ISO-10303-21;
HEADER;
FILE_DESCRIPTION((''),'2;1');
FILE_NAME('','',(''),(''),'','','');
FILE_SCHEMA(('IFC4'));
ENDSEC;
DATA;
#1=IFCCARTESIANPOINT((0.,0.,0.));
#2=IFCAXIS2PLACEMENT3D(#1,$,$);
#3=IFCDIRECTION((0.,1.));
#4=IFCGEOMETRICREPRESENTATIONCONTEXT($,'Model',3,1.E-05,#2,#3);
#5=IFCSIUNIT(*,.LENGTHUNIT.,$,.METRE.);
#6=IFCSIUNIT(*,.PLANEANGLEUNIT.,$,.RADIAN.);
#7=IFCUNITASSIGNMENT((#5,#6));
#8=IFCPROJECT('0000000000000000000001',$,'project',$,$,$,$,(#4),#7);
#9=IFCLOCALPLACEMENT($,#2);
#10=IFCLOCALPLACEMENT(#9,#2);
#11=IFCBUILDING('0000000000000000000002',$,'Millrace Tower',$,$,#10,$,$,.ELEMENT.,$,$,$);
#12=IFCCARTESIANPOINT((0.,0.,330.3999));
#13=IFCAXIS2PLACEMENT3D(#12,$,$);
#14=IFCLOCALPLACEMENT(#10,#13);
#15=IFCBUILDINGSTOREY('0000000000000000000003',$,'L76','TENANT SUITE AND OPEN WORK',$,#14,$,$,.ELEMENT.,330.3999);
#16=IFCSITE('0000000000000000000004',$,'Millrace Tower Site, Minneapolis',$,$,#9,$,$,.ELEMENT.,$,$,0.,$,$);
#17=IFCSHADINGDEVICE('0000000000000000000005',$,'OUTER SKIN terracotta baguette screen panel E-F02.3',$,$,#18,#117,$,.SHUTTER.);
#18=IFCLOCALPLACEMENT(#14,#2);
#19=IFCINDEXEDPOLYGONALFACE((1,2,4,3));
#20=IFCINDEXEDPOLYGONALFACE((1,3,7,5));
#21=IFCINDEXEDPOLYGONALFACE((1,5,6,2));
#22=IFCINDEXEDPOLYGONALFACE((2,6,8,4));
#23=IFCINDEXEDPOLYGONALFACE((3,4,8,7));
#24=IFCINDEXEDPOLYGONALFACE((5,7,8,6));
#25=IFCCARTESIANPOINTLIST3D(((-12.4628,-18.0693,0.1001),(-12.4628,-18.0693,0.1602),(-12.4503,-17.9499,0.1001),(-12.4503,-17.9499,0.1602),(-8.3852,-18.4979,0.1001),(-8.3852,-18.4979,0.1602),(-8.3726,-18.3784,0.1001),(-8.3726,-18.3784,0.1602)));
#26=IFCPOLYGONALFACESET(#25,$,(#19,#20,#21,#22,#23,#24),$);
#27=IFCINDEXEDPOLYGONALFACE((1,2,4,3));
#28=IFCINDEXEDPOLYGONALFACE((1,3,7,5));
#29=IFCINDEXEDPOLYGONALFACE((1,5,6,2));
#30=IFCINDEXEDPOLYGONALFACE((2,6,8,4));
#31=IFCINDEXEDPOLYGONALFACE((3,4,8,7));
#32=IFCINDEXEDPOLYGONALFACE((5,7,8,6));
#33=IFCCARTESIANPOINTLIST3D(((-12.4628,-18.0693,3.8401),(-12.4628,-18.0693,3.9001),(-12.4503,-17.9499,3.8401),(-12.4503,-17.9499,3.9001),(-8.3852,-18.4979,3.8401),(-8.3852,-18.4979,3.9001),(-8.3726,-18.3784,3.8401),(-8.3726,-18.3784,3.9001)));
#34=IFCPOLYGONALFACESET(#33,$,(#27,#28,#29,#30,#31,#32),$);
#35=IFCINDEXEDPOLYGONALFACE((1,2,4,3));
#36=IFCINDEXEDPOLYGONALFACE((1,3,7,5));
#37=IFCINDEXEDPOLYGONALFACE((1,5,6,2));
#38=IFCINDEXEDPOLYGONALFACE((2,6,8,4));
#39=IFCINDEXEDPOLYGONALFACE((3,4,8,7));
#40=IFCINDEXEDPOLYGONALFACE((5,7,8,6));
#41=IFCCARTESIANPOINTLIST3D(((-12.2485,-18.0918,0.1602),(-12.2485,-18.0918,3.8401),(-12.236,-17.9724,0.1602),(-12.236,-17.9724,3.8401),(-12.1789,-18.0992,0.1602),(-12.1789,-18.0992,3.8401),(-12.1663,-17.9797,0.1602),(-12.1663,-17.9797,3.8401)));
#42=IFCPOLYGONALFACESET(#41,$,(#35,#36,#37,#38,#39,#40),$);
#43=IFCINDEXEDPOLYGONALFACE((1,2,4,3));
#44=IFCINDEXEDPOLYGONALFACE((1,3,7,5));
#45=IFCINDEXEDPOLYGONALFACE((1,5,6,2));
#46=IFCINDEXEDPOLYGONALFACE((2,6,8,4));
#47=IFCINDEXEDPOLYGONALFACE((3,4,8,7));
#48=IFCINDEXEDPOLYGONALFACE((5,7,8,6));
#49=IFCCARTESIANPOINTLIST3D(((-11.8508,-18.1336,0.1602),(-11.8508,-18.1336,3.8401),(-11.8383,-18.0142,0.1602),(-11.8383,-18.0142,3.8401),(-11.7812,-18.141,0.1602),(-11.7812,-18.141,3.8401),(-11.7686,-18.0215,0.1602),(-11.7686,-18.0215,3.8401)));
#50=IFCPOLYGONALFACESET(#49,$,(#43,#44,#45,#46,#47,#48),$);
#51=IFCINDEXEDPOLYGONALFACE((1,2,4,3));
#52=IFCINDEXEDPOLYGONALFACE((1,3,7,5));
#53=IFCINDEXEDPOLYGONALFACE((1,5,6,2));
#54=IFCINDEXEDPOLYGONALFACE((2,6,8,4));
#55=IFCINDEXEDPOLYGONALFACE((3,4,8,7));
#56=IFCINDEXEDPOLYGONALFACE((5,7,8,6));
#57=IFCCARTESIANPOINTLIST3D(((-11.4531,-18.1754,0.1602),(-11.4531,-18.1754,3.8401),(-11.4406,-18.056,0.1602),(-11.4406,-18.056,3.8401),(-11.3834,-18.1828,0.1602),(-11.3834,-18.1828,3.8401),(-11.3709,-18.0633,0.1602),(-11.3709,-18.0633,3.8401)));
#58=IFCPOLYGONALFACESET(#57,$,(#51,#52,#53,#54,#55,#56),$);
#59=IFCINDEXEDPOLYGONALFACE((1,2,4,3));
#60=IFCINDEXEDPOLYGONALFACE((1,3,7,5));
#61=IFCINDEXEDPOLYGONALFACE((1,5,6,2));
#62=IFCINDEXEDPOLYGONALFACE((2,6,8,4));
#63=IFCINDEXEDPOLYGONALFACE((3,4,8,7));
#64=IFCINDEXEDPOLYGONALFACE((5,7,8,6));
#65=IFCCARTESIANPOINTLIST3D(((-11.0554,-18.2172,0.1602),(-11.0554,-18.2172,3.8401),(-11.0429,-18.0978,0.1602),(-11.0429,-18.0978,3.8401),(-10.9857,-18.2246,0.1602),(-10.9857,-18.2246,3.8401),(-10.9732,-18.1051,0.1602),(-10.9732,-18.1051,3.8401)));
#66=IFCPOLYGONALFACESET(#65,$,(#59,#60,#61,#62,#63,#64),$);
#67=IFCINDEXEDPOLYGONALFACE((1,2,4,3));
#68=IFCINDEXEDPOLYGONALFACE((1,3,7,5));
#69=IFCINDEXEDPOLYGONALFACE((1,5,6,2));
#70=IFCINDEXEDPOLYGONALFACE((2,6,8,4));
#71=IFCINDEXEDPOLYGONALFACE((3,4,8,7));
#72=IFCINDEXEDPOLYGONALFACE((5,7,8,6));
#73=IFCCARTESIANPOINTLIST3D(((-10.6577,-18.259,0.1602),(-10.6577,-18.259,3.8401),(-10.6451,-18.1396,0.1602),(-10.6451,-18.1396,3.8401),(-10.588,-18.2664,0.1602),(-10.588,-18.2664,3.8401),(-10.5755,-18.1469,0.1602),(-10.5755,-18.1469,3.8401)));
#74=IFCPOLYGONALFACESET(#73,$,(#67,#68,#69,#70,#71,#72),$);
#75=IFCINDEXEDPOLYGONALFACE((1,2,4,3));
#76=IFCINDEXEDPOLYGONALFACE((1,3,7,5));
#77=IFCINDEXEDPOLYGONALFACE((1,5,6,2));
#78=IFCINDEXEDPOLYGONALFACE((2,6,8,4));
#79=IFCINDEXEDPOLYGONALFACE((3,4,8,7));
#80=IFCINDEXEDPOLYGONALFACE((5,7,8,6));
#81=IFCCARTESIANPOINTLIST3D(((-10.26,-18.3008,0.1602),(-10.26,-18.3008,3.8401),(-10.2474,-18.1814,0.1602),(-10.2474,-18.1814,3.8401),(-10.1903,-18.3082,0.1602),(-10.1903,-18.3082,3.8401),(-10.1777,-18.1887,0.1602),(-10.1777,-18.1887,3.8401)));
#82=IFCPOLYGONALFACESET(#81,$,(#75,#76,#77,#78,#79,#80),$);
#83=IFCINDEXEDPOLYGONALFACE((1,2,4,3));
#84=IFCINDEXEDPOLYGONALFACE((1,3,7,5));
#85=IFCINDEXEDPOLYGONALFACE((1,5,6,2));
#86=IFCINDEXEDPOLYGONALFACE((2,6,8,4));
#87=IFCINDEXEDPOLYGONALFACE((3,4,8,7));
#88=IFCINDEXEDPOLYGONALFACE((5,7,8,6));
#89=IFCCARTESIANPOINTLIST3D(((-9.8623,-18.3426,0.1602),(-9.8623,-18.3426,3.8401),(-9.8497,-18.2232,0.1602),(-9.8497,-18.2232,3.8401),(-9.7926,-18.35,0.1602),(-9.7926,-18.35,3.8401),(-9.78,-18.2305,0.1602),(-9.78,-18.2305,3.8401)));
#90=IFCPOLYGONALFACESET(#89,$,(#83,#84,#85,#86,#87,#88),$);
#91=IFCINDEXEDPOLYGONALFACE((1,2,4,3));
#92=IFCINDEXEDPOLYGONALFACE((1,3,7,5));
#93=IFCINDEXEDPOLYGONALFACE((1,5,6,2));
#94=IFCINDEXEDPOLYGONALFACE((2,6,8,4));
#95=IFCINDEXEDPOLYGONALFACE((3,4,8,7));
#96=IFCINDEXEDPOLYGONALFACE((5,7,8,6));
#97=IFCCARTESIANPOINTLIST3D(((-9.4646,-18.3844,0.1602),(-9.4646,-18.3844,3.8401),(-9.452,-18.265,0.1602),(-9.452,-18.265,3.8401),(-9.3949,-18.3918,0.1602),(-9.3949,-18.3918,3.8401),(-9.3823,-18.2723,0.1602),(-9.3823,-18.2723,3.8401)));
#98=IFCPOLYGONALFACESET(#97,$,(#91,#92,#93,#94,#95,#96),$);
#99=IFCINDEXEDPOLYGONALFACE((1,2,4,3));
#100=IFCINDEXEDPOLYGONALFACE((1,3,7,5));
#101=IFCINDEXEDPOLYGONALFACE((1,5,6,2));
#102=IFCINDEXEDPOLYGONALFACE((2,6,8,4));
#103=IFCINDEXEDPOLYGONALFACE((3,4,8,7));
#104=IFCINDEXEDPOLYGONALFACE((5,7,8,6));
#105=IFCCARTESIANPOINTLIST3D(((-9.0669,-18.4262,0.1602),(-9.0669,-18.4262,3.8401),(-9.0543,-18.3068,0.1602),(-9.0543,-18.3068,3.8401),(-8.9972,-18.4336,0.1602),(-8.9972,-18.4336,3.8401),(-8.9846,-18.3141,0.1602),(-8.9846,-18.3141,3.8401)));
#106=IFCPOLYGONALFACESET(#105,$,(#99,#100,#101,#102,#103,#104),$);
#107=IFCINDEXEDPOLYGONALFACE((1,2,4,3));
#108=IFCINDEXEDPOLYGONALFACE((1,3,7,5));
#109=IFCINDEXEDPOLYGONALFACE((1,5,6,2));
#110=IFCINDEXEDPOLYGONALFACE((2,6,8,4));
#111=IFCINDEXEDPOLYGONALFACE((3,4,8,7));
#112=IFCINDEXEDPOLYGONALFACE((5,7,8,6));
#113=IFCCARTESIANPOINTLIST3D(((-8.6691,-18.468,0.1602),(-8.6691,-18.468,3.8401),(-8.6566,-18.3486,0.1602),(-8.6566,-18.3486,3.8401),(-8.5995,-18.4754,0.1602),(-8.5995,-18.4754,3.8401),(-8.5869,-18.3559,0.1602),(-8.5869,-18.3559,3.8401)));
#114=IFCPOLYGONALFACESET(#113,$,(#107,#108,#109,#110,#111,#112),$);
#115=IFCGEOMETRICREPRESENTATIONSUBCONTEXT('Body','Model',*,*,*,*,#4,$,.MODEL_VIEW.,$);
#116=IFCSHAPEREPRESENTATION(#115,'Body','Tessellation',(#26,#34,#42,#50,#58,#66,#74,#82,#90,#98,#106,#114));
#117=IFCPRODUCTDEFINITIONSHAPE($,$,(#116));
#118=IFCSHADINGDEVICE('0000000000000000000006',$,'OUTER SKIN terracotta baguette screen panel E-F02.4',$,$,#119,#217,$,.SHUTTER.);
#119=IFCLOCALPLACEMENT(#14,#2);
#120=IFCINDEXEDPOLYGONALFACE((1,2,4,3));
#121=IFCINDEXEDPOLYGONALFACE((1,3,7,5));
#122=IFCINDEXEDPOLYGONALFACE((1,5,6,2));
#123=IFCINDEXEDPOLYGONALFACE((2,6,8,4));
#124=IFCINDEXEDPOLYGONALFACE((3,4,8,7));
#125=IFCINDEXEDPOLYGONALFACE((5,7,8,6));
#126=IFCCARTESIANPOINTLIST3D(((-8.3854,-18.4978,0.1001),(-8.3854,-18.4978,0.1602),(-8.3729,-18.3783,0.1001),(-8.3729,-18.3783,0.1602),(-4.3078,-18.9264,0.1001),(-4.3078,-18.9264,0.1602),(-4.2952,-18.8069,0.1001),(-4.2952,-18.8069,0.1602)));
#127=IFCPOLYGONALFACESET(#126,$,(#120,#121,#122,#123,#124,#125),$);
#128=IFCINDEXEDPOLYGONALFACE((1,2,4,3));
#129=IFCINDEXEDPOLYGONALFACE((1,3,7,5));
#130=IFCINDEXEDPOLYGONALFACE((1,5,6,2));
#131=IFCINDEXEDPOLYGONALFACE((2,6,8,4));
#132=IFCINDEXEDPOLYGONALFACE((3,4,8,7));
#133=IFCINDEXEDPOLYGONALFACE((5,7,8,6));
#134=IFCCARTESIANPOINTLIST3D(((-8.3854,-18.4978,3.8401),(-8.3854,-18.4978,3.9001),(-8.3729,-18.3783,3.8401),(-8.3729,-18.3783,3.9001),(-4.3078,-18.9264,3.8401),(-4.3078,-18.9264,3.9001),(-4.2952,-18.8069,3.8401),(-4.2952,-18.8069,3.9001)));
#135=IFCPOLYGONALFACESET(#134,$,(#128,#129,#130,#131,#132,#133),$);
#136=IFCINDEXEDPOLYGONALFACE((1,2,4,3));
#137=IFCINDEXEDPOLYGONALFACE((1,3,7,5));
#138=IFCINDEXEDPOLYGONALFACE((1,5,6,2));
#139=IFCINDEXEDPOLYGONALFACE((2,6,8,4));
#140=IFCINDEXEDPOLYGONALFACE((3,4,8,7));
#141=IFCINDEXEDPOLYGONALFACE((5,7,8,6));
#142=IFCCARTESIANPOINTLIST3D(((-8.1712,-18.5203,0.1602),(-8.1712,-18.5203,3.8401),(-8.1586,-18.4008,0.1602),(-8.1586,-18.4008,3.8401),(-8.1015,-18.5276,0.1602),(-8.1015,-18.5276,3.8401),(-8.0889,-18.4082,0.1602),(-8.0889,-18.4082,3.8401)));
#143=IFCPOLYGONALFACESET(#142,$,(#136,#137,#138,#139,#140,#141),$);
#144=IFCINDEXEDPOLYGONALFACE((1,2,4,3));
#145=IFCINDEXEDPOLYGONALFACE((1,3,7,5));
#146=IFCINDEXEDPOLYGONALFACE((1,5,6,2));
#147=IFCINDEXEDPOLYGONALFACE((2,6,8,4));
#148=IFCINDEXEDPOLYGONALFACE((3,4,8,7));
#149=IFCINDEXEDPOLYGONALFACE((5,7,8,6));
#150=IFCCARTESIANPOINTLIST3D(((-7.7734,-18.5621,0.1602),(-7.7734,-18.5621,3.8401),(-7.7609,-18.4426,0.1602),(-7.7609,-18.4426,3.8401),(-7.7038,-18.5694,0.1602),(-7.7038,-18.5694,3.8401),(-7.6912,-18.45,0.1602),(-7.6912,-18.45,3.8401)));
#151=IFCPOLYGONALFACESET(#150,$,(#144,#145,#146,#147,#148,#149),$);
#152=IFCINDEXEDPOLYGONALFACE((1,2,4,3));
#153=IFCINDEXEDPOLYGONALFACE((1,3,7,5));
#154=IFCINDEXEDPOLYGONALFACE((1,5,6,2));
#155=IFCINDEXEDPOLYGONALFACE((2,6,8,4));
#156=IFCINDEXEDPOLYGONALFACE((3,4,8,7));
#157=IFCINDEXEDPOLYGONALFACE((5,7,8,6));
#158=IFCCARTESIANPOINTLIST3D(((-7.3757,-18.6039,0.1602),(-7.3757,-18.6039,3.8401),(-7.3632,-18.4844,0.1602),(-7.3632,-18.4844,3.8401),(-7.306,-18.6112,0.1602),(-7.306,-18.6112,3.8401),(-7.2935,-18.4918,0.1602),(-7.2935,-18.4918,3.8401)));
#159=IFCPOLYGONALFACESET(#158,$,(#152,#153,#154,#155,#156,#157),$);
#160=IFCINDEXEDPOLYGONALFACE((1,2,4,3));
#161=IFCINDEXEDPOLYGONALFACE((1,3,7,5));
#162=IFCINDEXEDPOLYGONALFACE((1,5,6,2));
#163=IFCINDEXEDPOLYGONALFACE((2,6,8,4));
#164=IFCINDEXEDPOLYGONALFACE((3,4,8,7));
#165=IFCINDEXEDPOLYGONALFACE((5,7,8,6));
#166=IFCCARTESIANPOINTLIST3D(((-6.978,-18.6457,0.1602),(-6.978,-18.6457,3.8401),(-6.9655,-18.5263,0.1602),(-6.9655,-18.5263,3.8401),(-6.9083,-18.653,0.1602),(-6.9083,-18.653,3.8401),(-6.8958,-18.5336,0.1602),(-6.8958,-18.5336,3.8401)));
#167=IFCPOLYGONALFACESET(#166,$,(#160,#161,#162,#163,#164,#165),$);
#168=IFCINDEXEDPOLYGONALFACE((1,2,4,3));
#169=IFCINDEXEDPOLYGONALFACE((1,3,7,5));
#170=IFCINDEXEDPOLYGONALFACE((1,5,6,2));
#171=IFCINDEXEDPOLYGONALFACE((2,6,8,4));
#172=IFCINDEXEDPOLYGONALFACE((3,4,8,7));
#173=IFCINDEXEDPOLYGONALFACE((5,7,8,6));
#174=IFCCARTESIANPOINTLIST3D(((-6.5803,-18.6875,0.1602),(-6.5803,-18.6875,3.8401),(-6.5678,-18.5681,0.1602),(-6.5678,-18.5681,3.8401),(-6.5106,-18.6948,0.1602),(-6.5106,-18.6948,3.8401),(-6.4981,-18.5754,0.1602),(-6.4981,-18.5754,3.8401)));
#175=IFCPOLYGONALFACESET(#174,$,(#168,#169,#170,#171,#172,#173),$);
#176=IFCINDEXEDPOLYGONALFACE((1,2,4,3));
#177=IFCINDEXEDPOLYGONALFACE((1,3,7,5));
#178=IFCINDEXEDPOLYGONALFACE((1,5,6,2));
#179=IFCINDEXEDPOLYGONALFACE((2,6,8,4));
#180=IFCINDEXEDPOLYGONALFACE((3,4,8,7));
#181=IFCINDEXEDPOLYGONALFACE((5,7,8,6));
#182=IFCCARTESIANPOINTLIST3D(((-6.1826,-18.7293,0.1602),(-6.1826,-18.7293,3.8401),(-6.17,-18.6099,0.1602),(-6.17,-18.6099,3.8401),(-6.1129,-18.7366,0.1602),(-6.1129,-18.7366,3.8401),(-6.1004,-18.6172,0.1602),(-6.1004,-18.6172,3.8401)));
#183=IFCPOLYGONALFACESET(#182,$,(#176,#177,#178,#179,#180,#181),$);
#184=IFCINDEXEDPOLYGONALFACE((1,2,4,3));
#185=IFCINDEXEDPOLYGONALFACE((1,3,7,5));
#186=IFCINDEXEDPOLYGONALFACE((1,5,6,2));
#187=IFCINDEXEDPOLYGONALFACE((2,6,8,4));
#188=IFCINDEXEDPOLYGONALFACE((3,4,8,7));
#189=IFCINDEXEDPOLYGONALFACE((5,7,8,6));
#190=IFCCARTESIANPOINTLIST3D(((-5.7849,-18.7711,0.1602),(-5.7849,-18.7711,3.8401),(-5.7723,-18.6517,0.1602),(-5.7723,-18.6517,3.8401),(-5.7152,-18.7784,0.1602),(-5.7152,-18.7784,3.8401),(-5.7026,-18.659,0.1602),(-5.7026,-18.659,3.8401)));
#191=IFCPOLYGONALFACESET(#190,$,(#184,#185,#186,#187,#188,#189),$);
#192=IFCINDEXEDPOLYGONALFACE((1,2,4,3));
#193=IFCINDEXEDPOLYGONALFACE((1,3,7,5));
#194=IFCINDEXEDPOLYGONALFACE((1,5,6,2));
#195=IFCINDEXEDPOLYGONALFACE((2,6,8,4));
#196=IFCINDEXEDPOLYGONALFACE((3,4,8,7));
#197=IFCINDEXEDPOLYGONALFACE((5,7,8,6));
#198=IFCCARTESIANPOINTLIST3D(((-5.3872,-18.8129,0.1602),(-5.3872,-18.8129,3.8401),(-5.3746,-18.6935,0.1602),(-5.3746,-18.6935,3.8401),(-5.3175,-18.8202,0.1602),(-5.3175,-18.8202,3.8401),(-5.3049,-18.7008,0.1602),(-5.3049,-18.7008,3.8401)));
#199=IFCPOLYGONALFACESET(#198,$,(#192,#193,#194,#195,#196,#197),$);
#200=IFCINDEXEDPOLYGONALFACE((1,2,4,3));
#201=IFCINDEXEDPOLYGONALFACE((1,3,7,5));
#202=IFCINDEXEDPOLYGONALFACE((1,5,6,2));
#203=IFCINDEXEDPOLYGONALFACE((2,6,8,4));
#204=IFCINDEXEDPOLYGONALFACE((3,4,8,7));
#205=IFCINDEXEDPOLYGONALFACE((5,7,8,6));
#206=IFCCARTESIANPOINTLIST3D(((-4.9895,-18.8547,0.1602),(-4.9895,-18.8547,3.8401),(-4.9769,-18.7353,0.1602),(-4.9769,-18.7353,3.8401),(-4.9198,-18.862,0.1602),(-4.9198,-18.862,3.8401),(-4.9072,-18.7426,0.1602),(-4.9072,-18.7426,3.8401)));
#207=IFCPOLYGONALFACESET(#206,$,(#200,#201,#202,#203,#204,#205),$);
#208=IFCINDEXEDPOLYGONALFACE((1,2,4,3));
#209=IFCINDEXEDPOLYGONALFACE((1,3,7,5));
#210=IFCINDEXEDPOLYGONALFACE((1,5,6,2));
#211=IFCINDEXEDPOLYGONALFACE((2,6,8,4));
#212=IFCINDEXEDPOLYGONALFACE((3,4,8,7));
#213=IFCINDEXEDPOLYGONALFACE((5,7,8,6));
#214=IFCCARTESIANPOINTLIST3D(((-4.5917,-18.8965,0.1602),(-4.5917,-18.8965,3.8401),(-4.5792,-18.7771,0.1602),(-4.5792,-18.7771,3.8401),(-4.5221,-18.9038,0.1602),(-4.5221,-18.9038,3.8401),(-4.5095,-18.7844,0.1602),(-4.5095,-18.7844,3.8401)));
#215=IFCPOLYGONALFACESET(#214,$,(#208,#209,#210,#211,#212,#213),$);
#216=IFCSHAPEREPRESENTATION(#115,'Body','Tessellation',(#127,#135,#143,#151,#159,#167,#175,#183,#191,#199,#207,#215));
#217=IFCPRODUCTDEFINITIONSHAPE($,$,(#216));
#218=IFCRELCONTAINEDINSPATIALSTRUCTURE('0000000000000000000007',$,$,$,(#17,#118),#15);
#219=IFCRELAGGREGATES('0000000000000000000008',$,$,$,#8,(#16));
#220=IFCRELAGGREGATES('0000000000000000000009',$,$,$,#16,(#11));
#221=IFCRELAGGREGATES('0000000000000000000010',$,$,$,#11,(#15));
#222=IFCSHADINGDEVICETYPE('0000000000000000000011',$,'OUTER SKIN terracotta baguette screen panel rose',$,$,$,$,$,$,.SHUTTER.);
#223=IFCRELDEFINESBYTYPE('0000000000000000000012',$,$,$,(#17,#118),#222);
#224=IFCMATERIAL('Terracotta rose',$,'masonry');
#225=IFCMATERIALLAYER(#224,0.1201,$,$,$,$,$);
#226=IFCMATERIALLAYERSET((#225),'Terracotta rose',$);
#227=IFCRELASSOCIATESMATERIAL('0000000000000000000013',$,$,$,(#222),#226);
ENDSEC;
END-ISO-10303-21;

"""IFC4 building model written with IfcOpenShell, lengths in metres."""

from ifc_helpers import new_model, entity, si_unit, direction, frame, frame_2d, origin, place, context, subcontext, project, spatial, rectangle, extrude, source, transform, mapped, material, layer, layer_set, type_object, element, save


model = new_model("IFC4")

# Units and contexts
model_context = context("Model", 3, precision=1e-05, world=origin(), true_north=direction((0.0, 1.0)))
body_context = subcontext(model_context, "Body", "Model", "MODEL_VIEW")
ifc_project = project(units=[si_unit("LENGTHUNIT", "METRE"), si_unit("PLANEANGLEUNIT", "RADIAN")], contexts=[model_context])

# Site, building, storey
site_placement = place(None, origin())
site = spatial("IfcSite", under=ifc_project, at=site_placement, Name="Millrace Tower Site, Minneapolis", CompositionType="ELEMENT", RefElevation=0.0)
building_placement = place(site_placement, origin())
building = spatial("IfcBuilding", under=site, at=building_placement, Name="Millrace Tower", CompositionType="ELEMENT")
storey_placement = place(building_placement, frame((0.0, 0.0, 330.3999)))
storey = spatial("IfcBuildingStorey", under=building, at=storey_placement, Name="L76", Description="TENANT SUITE AND OPEN WORK", CompositionType="ELEMENT", Elevation=330.3999)

# Shading devices
ifc_material_1 = material(Name="Terracotta rose", Category="masonry")
ifc_layer_1 = layer(ifc_material_1, 0.1201)
ifc_layer_set_1 = layer_set([ifc_layer_1], Name="Terracotta rose")
shading_device_type = type_object("IfcShadingDeviceType", Name="OUTER SKIN terracotta baguette screen panel rose", PredefinedType="SHUTTER", material=ifc_layer_set_1)
cartesian_point = entity("IfcCartesianPoint", [-2.05, 0.0601])
shared_polyline = entity("IfcPolyline", [cartesian_point, entity("IfcCartesianPoint", [2.05, 0.0601]), entity("IfcCartesianPoint", [2.05, -0.0601]), entity("IfcCartesianPoint", [-2.05, -0.0601]), cartesian_point])
shared_shape = source(origin(), body_context, "Body", "SweptSolid", [
    entity("IfcExtrudedAreaSolid", entity("IfcArbitraryClosedProfileDef", "AREA", None, shared_polyline), entity("IfcAxis2Placement3D", entity("IfcCartesianPoint", [0.0, 0.0, 0.0])), entity("IfcDirection", [0.0, 0.0, 1.0]), 0.0601),
    entity("IfcExtrudedAreaSolid", entity("IfcArbitraryClosedProfileDef", "AREA", None, shared_polyline), entity("IfcAxis2Placement3D", entity("IfcCartesianPoint", [0.0, 0.0, 3.74])), entity("IfcDirection", [0.0, 0.0, 1.0]), 0.0601),
    extrude(rectangle(XDim=0.0701, YDim=0.1201, at=frame_2d((-1.7996, 0.0))), frame((0.0, 0.0, 0.0601)), (0.0, 0.0, 1.0), 3.6799),
    extrude(rectangle(XDim=0.0701, YDim=0.1201, at=frame_2d((-1.3997, 0.0))), frame((0.0, 0.0, 0.0601)), (0.0, 0.0, 1.0), 3.6799),
    extrude(rectangle(XDim=0.0701, YDim=0.1201, at=frame_2d((-0.9998, 0.0))), frame((0.0, 0.0, 0.0601)), (0.0, 0.0, 1.0), 3.6799),
    extrude(rectangle(XDim=0.0701, YDim=0.1201, at=frame_2d((-0.5999, 0.0))), frame((0.0, 0.0, 0.0601)), (0.0, 0.0, 1.0), 3.6799),
    extrude(rectangle(XDim=0.0701, YDim=0.1201, at=frame_2d((-0.2, 0.0))), frame((0.0, 0.0, 0.0601)), (0.0, 0.0, 1.0), 3.6799),
    extrude(rectangle(XDim=0.0701, YDim=0.1201, at=frame_2d((0.2, 0.0))), frame((0.0, 0.0, 0.0601)), (0.0, 0.0, 1.0), 3.6799),
    extrude(rectangle(XDim=0.0701, YDim=0.1201, at=frame_2d((0.5999, 0.0))), frame((0.0, 0.0, 0.0601)), (0.0, 0.0, 1.0), 3.6799),
    extrude(rectangle(XDim=0.0701, YDim=0.1201, at=frame_2d((0.9998, 0.0))), frame((0.0, 0.0, 0.0601)), (0.0, 0.0, 1.0), 3.6799),
    extrude(rectangle(XDim=0.0701, YDim=0.1201, at=frame_2d((1.3997, 0.0))), frame((0.0, 0.0, 0.0601)), (0.0, 0.0, 1.0), 3.6799),
    extrude(rectangle(XDim=0.0701, YDim=0.1201, at=frame_2d((1.7996, 0.0))), frame((0.0, 0.0, 0.0601)), (0.0, 0.0, 1.0), 3.6799),
])
for number, where, z_axis, x_axis, name in (
    (1, (-10.4177, -18.2239, 0.1001), (0.0, 0.0, 1.0), (0.994522, -0.104528, 0.0), "OUTER SKIN terracotta baguette screen panel E-F02.3"),
    (2, (-6.3403, -18.6523, 0.1001), (0.0, 0.0, 1.0), (0.994522, -0.104528, 0.0), "OUTER SKIN terracotta baguette screen panel E-F02.4"),
):
    element("IfcShadingDevice", number, at=place(storey_placement, frame(where, z_axis=z_axis, x_axis=x_axis)), inside=storey, type_object=shading_device_type, Name=name, PredefinedType="SHUTTER", context=body_context, shape_type="MappedRepresentation", body=[
        mapped(shared_shape, transform((0.0, 0.0, 0.0), scale=1.0)),
    ])

save(model, "model.ifc")
